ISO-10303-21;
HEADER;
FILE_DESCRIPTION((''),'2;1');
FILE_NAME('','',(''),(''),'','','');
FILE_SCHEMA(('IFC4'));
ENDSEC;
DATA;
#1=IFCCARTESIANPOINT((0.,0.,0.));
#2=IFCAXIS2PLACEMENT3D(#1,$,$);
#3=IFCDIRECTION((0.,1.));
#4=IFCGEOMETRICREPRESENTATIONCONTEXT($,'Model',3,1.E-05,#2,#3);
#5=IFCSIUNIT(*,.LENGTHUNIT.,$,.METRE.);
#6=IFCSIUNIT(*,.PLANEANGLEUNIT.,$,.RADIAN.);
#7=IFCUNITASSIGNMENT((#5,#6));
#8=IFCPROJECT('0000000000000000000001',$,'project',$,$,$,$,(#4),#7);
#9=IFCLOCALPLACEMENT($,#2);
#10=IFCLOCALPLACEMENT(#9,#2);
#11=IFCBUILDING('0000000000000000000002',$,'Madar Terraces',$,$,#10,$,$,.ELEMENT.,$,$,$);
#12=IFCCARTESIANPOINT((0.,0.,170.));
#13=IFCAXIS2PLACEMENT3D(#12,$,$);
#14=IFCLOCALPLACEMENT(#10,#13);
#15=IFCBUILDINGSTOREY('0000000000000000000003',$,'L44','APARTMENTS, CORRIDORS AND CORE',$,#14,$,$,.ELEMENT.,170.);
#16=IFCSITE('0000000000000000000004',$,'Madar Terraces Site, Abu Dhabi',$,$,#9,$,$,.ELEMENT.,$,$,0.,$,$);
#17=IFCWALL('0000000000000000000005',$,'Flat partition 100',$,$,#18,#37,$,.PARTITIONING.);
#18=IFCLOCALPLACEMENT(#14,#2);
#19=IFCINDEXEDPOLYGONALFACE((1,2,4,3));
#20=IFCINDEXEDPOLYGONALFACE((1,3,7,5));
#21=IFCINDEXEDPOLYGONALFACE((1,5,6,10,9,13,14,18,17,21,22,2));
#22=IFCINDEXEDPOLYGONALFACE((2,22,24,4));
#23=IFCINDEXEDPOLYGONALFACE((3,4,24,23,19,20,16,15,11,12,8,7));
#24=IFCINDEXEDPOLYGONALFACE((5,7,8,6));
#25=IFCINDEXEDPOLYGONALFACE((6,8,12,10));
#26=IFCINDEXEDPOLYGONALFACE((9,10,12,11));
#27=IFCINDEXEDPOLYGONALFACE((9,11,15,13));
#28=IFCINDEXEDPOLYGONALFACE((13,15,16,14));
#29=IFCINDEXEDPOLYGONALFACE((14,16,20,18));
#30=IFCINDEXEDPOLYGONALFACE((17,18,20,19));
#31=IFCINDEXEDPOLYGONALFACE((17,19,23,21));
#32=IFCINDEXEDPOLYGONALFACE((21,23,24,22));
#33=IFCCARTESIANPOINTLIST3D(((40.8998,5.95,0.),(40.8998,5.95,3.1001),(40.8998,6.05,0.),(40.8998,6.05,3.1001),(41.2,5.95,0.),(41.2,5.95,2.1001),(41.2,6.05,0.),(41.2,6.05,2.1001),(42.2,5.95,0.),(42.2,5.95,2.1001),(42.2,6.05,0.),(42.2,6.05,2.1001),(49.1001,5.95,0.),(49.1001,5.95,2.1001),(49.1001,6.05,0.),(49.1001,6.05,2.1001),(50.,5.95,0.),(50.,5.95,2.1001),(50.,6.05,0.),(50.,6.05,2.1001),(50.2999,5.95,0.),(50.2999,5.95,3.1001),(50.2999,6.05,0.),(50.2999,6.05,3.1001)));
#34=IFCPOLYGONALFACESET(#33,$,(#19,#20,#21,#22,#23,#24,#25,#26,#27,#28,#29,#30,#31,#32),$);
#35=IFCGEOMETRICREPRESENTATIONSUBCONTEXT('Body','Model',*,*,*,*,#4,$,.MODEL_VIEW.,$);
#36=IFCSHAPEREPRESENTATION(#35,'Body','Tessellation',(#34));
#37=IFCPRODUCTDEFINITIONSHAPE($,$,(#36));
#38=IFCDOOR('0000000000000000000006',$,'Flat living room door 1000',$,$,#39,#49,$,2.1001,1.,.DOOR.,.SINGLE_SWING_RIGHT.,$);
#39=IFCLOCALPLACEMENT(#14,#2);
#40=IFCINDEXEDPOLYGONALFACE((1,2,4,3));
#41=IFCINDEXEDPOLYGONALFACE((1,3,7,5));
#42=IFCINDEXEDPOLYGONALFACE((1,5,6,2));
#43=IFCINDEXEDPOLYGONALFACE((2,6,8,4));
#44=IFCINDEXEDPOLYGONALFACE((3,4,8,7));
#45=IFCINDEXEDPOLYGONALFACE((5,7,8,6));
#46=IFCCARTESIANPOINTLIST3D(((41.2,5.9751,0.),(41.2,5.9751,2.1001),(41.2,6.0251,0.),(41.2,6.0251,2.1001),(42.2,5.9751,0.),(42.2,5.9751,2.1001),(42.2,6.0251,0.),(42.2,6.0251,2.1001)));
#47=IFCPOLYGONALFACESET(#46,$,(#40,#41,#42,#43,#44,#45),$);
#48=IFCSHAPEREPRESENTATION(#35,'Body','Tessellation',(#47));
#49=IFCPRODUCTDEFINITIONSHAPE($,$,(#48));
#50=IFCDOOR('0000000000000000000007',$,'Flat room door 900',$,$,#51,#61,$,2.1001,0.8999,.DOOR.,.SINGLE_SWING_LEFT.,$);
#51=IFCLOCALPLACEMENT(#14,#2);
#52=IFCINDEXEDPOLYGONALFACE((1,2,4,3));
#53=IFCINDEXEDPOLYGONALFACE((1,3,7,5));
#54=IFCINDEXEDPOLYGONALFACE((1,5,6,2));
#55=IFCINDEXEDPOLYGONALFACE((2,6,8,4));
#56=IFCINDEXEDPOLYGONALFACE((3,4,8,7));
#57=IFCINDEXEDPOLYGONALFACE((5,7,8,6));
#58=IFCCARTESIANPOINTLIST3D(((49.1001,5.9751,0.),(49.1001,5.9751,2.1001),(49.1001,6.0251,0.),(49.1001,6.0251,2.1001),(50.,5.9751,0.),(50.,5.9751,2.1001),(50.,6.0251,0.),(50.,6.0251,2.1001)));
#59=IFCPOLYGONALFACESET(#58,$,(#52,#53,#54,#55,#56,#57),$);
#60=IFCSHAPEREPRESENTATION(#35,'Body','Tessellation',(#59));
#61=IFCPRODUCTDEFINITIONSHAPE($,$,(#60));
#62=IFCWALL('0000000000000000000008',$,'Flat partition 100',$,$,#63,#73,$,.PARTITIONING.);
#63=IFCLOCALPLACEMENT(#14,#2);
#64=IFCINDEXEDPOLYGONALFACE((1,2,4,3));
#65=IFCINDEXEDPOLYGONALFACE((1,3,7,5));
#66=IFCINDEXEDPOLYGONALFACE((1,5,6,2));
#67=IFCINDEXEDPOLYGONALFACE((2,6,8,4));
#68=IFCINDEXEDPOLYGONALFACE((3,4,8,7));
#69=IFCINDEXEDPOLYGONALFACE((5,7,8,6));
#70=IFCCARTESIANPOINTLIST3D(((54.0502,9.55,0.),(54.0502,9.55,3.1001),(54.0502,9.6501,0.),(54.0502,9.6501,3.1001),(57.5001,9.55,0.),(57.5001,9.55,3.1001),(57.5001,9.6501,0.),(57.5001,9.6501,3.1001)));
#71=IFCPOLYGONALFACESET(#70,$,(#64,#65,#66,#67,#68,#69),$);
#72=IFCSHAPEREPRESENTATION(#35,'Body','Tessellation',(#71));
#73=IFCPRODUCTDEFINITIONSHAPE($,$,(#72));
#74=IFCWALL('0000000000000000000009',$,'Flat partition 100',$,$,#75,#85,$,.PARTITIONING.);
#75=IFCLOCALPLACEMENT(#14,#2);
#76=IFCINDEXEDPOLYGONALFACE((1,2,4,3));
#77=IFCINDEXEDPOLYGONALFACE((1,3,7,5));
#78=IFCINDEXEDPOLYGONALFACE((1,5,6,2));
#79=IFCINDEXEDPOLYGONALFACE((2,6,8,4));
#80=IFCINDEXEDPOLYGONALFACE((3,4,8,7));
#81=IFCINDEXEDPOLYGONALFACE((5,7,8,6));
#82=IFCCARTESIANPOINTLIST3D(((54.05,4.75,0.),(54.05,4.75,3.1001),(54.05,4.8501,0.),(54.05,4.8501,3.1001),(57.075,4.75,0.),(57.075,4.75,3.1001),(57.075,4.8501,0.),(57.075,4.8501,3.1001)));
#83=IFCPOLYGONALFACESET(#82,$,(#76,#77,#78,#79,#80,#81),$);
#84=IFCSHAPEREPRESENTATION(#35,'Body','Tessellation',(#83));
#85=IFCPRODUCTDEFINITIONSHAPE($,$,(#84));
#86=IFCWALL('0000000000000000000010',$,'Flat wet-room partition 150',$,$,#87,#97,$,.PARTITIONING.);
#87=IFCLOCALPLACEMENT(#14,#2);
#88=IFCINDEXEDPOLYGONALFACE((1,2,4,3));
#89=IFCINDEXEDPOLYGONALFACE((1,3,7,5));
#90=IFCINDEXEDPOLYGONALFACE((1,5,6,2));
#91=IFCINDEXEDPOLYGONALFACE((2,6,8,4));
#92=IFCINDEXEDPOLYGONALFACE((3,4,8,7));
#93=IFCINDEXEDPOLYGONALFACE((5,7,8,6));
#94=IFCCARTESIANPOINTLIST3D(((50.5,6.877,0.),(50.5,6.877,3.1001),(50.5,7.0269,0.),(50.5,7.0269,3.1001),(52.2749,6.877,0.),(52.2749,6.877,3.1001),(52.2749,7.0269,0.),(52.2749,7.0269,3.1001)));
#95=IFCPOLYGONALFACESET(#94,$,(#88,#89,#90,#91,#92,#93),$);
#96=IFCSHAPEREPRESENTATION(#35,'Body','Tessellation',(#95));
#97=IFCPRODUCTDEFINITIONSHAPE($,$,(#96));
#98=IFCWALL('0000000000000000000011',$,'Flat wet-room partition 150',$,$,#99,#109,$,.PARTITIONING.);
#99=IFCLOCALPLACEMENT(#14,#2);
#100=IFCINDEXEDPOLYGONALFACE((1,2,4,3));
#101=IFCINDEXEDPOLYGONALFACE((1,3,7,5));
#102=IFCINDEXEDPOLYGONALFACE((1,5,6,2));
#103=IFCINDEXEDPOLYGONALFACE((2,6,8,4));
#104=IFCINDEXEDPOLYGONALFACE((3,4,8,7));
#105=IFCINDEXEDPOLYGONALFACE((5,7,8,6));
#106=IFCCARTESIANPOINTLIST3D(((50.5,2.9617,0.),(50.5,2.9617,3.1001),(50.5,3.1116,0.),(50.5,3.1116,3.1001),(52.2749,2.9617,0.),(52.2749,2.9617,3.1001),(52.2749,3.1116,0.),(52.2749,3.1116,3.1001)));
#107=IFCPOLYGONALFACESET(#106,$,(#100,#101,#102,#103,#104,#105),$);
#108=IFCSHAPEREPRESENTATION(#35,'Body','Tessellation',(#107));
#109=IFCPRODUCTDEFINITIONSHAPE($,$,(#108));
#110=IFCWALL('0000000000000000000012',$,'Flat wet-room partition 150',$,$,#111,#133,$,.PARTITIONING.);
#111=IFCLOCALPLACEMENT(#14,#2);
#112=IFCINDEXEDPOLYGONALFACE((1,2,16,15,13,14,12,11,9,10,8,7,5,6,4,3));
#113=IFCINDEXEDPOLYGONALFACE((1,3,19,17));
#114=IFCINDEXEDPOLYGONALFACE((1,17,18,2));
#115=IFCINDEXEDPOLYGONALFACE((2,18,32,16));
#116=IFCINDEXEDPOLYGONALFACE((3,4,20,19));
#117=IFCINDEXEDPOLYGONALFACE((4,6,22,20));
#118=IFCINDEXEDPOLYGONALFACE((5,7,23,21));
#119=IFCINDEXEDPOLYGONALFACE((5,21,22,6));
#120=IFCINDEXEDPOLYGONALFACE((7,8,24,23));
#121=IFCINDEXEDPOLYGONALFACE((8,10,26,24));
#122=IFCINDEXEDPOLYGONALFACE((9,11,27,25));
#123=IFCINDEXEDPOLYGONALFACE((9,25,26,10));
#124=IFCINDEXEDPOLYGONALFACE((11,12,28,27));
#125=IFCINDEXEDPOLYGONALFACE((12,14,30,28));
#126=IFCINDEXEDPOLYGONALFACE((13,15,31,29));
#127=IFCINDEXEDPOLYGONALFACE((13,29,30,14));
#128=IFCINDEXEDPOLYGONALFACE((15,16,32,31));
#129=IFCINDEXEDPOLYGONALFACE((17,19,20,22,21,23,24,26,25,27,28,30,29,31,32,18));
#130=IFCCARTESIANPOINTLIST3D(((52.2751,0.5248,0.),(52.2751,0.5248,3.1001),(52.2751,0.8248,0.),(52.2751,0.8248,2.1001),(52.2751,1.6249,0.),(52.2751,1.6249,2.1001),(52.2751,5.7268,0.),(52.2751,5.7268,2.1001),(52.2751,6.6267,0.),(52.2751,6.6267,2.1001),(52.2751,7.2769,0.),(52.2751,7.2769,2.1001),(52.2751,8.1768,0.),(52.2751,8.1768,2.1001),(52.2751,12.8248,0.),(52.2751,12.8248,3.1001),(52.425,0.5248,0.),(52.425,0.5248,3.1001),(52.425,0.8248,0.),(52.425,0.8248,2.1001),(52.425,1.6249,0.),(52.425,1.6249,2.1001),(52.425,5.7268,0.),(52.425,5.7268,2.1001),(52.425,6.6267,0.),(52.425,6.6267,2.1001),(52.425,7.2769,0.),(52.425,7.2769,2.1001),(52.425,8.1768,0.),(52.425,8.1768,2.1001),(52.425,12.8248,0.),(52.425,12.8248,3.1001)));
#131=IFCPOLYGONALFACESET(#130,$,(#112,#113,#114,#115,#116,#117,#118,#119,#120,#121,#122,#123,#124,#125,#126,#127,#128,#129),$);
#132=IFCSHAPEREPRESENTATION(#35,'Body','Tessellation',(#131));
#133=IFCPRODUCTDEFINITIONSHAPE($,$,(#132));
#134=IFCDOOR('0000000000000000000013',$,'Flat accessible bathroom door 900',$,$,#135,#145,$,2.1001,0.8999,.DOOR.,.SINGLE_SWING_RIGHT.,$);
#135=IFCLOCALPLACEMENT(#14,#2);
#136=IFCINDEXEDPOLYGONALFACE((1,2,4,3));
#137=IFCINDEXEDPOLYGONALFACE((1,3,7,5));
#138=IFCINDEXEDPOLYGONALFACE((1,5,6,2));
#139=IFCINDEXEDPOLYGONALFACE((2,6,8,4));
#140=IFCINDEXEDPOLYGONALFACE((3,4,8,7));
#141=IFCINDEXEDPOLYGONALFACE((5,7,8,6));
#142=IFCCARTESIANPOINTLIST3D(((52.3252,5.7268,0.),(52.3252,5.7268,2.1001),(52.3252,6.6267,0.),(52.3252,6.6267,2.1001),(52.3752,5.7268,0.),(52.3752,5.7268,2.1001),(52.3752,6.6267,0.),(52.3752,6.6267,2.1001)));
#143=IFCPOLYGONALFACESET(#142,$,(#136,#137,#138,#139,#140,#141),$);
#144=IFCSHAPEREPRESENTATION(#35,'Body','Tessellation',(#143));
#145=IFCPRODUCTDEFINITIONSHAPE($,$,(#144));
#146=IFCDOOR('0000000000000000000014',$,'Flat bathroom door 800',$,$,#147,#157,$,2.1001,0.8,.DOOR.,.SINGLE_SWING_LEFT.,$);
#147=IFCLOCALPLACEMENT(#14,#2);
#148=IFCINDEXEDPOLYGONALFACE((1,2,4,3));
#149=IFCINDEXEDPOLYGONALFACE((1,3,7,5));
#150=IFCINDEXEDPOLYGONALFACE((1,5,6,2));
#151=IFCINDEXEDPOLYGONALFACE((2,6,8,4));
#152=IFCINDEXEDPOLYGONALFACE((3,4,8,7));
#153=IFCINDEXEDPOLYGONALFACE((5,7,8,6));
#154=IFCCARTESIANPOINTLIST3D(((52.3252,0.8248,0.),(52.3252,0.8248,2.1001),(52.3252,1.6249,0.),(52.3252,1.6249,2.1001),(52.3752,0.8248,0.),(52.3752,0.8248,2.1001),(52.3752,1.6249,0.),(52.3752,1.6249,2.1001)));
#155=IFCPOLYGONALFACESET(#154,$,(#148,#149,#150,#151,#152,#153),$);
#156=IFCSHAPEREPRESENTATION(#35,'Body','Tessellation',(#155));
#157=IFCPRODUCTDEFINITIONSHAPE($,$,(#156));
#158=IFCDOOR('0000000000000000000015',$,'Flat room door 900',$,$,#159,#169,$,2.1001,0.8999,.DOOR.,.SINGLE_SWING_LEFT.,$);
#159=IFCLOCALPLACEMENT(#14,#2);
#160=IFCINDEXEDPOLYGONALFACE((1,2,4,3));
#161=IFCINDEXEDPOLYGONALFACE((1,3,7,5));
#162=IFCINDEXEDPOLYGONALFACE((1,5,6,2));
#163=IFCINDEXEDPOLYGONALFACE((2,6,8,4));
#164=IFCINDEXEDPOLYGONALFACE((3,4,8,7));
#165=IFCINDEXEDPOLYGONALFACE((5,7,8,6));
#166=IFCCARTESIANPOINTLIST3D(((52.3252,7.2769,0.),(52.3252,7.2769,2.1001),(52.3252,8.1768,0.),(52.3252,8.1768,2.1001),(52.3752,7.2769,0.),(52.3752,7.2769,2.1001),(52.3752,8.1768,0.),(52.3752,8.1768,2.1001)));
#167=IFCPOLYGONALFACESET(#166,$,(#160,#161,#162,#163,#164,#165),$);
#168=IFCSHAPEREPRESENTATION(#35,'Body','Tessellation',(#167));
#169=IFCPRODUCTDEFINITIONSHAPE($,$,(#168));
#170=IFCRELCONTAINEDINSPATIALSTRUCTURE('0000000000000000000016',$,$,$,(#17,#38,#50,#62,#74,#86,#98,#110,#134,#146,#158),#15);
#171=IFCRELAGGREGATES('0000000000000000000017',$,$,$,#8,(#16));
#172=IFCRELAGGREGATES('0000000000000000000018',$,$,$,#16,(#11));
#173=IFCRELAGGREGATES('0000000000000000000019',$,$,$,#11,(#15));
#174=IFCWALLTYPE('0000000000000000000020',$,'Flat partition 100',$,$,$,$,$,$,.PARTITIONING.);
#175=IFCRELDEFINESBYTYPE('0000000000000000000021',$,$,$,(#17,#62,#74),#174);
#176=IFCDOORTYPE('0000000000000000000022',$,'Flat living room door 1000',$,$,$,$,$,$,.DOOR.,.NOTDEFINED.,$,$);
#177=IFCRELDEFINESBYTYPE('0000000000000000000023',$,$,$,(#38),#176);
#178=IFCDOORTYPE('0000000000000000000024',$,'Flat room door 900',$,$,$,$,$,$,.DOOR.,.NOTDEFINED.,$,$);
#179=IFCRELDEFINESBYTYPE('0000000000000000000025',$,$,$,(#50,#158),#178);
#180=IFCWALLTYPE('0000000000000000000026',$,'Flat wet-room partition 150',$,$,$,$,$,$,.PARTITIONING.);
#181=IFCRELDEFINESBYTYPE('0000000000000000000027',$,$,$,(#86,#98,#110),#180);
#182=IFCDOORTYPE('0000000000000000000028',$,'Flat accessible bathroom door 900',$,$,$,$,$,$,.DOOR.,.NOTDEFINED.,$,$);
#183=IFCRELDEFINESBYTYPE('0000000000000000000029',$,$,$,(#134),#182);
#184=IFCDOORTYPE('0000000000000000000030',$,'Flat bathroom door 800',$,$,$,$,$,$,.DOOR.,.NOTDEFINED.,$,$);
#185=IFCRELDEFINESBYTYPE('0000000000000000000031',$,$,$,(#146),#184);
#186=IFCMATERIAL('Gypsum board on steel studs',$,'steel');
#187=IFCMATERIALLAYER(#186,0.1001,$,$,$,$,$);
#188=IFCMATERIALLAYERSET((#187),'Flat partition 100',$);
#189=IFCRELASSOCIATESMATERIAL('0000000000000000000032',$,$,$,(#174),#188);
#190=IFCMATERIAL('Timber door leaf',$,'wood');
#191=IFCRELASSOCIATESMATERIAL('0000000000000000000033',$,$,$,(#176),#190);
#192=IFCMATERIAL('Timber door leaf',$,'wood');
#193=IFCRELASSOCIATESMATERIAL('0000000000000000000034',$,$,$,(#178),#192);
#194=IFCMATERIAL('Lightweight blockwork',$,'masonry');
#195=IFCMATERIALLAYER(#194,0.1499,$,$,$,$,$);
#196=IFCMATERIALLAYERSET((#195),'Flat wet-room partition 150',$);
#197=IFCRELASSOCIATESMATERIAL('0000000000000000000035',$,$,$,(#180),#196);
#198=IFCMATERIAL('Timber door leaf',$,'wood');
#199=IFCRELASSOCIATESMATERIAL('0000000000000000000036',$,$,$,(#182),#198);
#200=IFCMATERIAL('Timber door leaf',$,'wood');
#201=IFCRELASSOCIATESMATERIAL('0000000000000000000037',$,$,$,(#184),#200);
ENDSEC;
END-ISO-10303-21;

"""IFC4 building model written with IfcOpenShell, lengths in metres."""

from ifc_helpers import new_model, si_unit, direction, frame, frame_2d, origin, place, context, subcontext, project, spatial, rectangle, extrude, material, layer, layer_set, type_object, element, fill, save


model = new_model("IFC4")

# Units and contexts
model_context = context("Model", 3, precision=1e-05, world=origin(), true_north=direction((0.0, 1.0)))
body_context = subcontext(model_context, "Body", "Model", "MODEL_VIEW")
ifc_project = project(units=[si_unit("LENGTHUNIT", "METRE"), si_unit("PLANEANGLEUNIT", "RADIAN")], contexts=[model_context])

# Site, building, storey
site_placement = place(None, origin())
site = spatial("IfcSite", under=ifc_project, at=site_placement, Name="Madar Terraces Site, Abu Dhabi", CompositionType="ELEMENT", RefElevation=0.0)
building_placement = place(site_placement, origin())
building = spatial("IfcBuilding", under=site, at=building_placement, Name="Madar Terraces", CompositionType="ELEMENT")
storey_placement = place(building_placement, frame((0.0, 0.0, 170.0)))
storey = spatial("IfcBuildingStorey", under=building, at=storey_placement, Name="L44", Description="APARTMENTS, CORRIDORS AND CORE", CompositionType="ELEMENT", Elevation=170.0)

# Wall, openings, doors
ifc_material_1 = material(Name="Gypsum board on steel studs", Category="steel")
ifc_layer_1 = layer(ifc_material_1, 0.1001)
ifc_layer_set_1 = layer_set([ifc_layer_1], Name="Flat partition 100")
wall_type_1 = type_object("IfcWallType", Name="Flat partition 100", PredefinedType="PARTITIONING", material=ifc_layer_set_1)
wall_1_placement = place(storey_placement, frame((50.3, 6.0, 0.0), z_axis=(0.0, 0.0, 1.0), x_axis=(-1.0, 0.0, 0.0)))
wall_1 = element("IfcWall", 1, at=wall_1_placement, inside=storey, type_object=wall_type_1, Name="Flat partition 100", PredefinedType="PARTITIONING", context=body_context, shape_type="SweptSolid", body=[
    extrude(rectangle(XDim=9.4001, YDim=0.1001, at=frame_2d((4.7002, 0.0))), origin(), (0.0, 0.0, 1.0), 3.1001),
])
opening_1_placement = place(wall_1_placement, frame((8.1001, 0.0, 0.0)))
opening_1 = element("IfcOpeningElement", 2, at=opening_1_placement, cuts=wall_1, PredefinedType="OPENING", context=body_context, shape_type="SweptSolid", body=[
    extrude(rectangle(XDim=1.0, YDim=2.1001, at=frame_2d((0.5, 1.05))), frame((0.0, 0.0601, 0.0), z_axis=(0.0, -1.0, 0.0), x_axis=(1.0, 0.0, 0.0)), (0.0, 0.0, 1.0), 0.1201),
])
opening_2_placement = place(wall_1_placement, frame((0.3, 0.0, 0.0)))
opening_2 = element("IfcOpeningElement", 3, at=opening_2_placement, cuts=wall_1, PredefinedType="OPENING", context=body_context, shape_type="SweptSolid", body=[
    extrude(rectangle(XDim=0.8999, YDim=2.1001, at=frame_2d((0.45, 1.05))), frame((0.0, 0.0601, 0.0), z_axis=(0.0, -1.0, 0.0), x_axis=(1.0, 0.0, 0.0)), (0.0, 0.0, 1.0), 0.1201),
])
ifc_material_2 = material(Name="Timber door leaf", Category="wood")
door_type_1 = type_object("IfcDoorType", Name="Flat living room door 1000", OperationType="NOTDEFINED", PredefinedType="DOOR", material=ifc_material_2)
door_1_placement = place(opening_1_placement, origin())
door_1 = element("IfcDoor", 4, at=door_1_placement, inside=storey, type_object=door_type_1, Name="Flat living room door 1000", OperationType="SINGLE_SWING_RIGHT", OverallHeight=2.1001, OverallWidth=1.0, PredefinedType="DOOR", context=body_context, shape_type="SweptSolid", body=[
    extrude(rectangle(XDim=1.0, YDim=2.1001, at=frame_2d((0.5, 1.05))), frame((0.0, 0.0249, 0.0), z_axis=(0.0, -1.0, 0.0), x_axis=(1.0, 0.0, 0.0)), (0.0, 0.0, 1.0), 0.05),
])
fill(opening_1, door_1)
ifc_material_3 = material(Name="Timber door leaf", Category="wood")
door_type_2 = type_object("IfcDoorType", Name="Flat room door 900", OperationType="NOTDEFINED", PredefinedType="DOOR", material=ifc_material_3)
door_2_placement = place(opening_2_placement, origin())
door_2 = element("IfcDoor", 5, at=door_2_placement, inside=storey, type_object=door_type_2, Name="Flat room door 900", OperationType="SINGLE_SWING_LEFT", OverallHeight=2.1001, OverallWidth=0.8999, PredefinedType="DOOR", context=body_context, shape_type="SweptSolid", body=[
    extrude(rectangle(XDim=0.8999, YDim=2.1001, at=frame_2d((0.45, 1.05))), frame((0.0, 0.0249, 0.0), z_axis=(0.0, -1.0, 0.0), x_axis=(1.0, 0.0, 0.0)), (0.0, 0.0, 1.0), 0.05),
])
fill(opening_2, door_2)

# Walls
wall_2_placement = place(storey_placement, frame((54.05, 9.6001, 0.0), z_axis=(0.0, 0.0, 1.0), x_axis=(1.0, 0.0, 0.0)))
element("IfcWall", 6, at=wall_2_placement, inside=storey, type_object=wall_type_1, Name="Flat partition 100", PredefinedType="PARTITIONING", context=body_context, shape_type="SweptSolid", body=[
    extrude(rectangle(XDim=3.45, YDim=0.1001, at=frame_2d((1.7251, 0.0))), origin(), (0.0, 0.0, 1.0), 3.1001),
])
wall_3_placement = place(storey_placement, frame((54.05, 4.8, 0.0), z_axis=(0.0, 0.0, 1.0), x_axis=(1.0, 0.0, 0.0)))
element("IfcWall", 7, at=wall_3_placement, inside=storey, type_object=wall_type_1, Name="Flat partition 100", PredefinedType="PARTITIONING", context=body_context, shape_type="SweptSolid", body=[
    extrude(rectangle(XDim=3.0249, YDim=0.1001, at=frame_2d((1.5125, 0.0))), origin(), (0.0, 0.0, 1.0), 3.1001),
])
ifc_material_4 = material(Name="Lightweight blockwork", Category="masonry")
ifc_layer_2 = layer(ifc_material_4, 0.1499)
ifc_layer_set_2 = layer_set([ifc_layer_2], Name="Flat wet-room partition 150")
wall_type_2 = type_object("IfcWallType", Name="Flat wet-room partition 150", PredefinedType="PARTITIONING", material=ifc_layer_set_2)
for number, where, z_axis, x_axis, name in (
    (8, (50.5, 6.9519, 0.0), (0.0, 0.0, 1.0), (1.0, 0.0, 0.0), "Flat wet-room partition 150"),
    (9, (50.5, 3.0366, 0.0), (0.0, 0.0, 1.0), (1.0, 0.0, 0.0), "Flat wet-room partition 150"),
):
    element("IfcWall", number, at=place(storey_placement, frame(where, z_axis=z_axis, x_axis=x_axis)), inside=storey, type_object=wall_type_2, Name=name, PredefinedType="PARTITIONING", context=body_context, shape_type="SweptSolid", body=[
        extrude(rectangle(XDim=1.7749, YDim=0.1499, at=frame_2d((0.8875, 0.0))), origin(), (0.0, 0.0, 1.0), 3.1001),
    ])

# Wall, openings, doors
wall_4_placement = place(storey_placement, frame((52.3501, 0.5249, 0.0), z_axis=(0.0, 0.0, 1.0), x_axis=(0.0, 1.0, 0.0)))
wall_4 = element("IfcWall", 10, at=wall_4_placement, inside=storey, type_object=wall_type_2, Name="Flat wet-room partition 150", PredefinedType="PARTITIONING", context=body_context, shape_type="SweptSolid", body=[
    extrude(rectangle(XDim=12.3, YDim=0.1499, at=frame_2d((6.1499, 0.0))), origin(), (0.0, 0.0, 1.0), 3.1001),
])
opening_3_placement = place(wall_4_placement, frame((6.752, 0.0, 0.0)))
opening_3 = element("IfcOpeningElement", 11, at=opening_3_placement, cuts=wall_4, PredefinedType="OPENING", context=body_context, shape_type="SweptSolid", body=[
    extrude(rectangle(XDim=0.8999, YDim=2.1001, at=frame_2d((0.45, 1.05))), frame((0.0, 0.085, 0.0), z_axis=(0.0, -1.0, 0.0), x_axis=(1.0, 0.0, 0.0)), (0.0, 0.0, 1.0), 0.1699),
])
opening_4_placement = place(wall_4_placement, frame((5.2019, 0.0, 0.0)))
opening_4 = element("IfcOpeningElement", 12, at=opening_4_placement, cuts=wall_4, PredefinedType="OPENING", context=body_context, shape_type="SweptSolid", body=[
    extrude(rectangle(XDim=0.8999, YDim=2.1001, at=frame_2d((0.45, 1.05))), frame((0.0, 0.085, 0.0), z_axis=(0.0, -1.0, 0.0), x_axis=(1.0, 0.0, 0.0)), (0.0, 0.0, 1.0), 0.1699),
])
opening_5_placement = place(wall_4_placement, frame((0.3, 0.0, 0.0)))
opening_5 = element("IfcOpeningElement", 13, at=opening_5_placement, cuts=wall_4, PredefinedType="OPENING", context=body_context, shape_type="SweptSolid", body=[
    extrude(rectangle(XDim=0.8, YDim=2.1001, at=frame_2d((0.3999, 1.05))), frame((0.0, 0.085, 0.0), z_axis=(0.0, -1.0, 0.0), x_axis=(1.0, 0.0, 0.0)), (0.0, 0.0, 1.0), 0.1699),
])
ifc_material_5 = material(Name="Timber door leaf", Category="wood")
door_type_3 = type_object("IfcDoorType", Name="Flat accessible bathroom door 900", OperationType="NOTDEFINED", PredefinedType="DOOR", material=ifc_material_5)
door_3_placement = place(opening_4_placement, origin())
door_3 = element("IfcDoor", 14, at=door_3_placement, inside=storey, type_object=door_type_3, Name="Flat accessible bathroom door 900", OperationType="SINGLE_SWING_RIGHT", OverallHeight=2.1001, OverallWidth=0.8999, PredefinedType="DOOR", context=body_context, shape_type="SweptSolid", body=[
    extrude(rectangle(XDim=0.8999, YDim=2.1001, at=frame_2d((0.45, 1.05))), frame((0.0, 0.0249, 0.0), z_axis=(0.0, -1.0, 0.0), x_axis=(1.0, 0.0, 0.0)), (0.0, 0.0, 1.0), 0.05),
])
fill(opening_4, door_3)
ifc_material_6 = material(Name="Timber door leaf", Category="wood")
door_type_4 = type_object("IfcDoorType", Name="Flat bathroom door 800", OperationType="NOTDEFINED", PredefinedType="DOOR", material=ifc_material_6)
door_4_placement = place(opening_5_placement, origin())
door_4 = element("IfcDoor", 15, at=door_4_placement, inside=storey, type_object=door_type_4, Name="Flat bathroom door 800", OperationType="SINGLE_SWING_LEFT", OverallHeight=2.1001, OverallWidth=0.8, PredefinedType="DOOR", context=body_context, shape_type="SweptSolid", body=[
    extrude(rectangle(XDim=0.8, YDim=2.1001, at=frame_2d((0.3999, 1.05))), frame((0.0, 0.0249, 0.0), z_axis=(0.0, -1.0, 0.0), x_axis=(1.0, 0.0, 0.0)), (0.0, 0.0, 1.0), 0.05),
])
fill(opening_5, door_4)
door_5_placement = place(opening_3_placement, origin())
door_5 = element("IfcDoor", 16, at=door_5_placement, inside=storey, type_object=door_type_2, Name="Flat room door 900", OperationType="SINGLE_SWING_LEFT", OverallHeight=2.1001, OverallWidth=0.8999, PredefinedType="DOOR", context=body_context, shape_type="SweptSolid", body=[
    extrude(rectangle(XDim=0.8999, YDim=2.1001, at=frame_2d((0.45, 1.05))), frame((0.0, 0.0249, 0.0), z_axis=(0.0, -1.0, 0.0), x_axis=(1.0, 0.0, 0.0)), (0.0, 0.0, 1.0), 0.05),
])
fill(opening_3, door_5)

save(model, "model.ifc")
